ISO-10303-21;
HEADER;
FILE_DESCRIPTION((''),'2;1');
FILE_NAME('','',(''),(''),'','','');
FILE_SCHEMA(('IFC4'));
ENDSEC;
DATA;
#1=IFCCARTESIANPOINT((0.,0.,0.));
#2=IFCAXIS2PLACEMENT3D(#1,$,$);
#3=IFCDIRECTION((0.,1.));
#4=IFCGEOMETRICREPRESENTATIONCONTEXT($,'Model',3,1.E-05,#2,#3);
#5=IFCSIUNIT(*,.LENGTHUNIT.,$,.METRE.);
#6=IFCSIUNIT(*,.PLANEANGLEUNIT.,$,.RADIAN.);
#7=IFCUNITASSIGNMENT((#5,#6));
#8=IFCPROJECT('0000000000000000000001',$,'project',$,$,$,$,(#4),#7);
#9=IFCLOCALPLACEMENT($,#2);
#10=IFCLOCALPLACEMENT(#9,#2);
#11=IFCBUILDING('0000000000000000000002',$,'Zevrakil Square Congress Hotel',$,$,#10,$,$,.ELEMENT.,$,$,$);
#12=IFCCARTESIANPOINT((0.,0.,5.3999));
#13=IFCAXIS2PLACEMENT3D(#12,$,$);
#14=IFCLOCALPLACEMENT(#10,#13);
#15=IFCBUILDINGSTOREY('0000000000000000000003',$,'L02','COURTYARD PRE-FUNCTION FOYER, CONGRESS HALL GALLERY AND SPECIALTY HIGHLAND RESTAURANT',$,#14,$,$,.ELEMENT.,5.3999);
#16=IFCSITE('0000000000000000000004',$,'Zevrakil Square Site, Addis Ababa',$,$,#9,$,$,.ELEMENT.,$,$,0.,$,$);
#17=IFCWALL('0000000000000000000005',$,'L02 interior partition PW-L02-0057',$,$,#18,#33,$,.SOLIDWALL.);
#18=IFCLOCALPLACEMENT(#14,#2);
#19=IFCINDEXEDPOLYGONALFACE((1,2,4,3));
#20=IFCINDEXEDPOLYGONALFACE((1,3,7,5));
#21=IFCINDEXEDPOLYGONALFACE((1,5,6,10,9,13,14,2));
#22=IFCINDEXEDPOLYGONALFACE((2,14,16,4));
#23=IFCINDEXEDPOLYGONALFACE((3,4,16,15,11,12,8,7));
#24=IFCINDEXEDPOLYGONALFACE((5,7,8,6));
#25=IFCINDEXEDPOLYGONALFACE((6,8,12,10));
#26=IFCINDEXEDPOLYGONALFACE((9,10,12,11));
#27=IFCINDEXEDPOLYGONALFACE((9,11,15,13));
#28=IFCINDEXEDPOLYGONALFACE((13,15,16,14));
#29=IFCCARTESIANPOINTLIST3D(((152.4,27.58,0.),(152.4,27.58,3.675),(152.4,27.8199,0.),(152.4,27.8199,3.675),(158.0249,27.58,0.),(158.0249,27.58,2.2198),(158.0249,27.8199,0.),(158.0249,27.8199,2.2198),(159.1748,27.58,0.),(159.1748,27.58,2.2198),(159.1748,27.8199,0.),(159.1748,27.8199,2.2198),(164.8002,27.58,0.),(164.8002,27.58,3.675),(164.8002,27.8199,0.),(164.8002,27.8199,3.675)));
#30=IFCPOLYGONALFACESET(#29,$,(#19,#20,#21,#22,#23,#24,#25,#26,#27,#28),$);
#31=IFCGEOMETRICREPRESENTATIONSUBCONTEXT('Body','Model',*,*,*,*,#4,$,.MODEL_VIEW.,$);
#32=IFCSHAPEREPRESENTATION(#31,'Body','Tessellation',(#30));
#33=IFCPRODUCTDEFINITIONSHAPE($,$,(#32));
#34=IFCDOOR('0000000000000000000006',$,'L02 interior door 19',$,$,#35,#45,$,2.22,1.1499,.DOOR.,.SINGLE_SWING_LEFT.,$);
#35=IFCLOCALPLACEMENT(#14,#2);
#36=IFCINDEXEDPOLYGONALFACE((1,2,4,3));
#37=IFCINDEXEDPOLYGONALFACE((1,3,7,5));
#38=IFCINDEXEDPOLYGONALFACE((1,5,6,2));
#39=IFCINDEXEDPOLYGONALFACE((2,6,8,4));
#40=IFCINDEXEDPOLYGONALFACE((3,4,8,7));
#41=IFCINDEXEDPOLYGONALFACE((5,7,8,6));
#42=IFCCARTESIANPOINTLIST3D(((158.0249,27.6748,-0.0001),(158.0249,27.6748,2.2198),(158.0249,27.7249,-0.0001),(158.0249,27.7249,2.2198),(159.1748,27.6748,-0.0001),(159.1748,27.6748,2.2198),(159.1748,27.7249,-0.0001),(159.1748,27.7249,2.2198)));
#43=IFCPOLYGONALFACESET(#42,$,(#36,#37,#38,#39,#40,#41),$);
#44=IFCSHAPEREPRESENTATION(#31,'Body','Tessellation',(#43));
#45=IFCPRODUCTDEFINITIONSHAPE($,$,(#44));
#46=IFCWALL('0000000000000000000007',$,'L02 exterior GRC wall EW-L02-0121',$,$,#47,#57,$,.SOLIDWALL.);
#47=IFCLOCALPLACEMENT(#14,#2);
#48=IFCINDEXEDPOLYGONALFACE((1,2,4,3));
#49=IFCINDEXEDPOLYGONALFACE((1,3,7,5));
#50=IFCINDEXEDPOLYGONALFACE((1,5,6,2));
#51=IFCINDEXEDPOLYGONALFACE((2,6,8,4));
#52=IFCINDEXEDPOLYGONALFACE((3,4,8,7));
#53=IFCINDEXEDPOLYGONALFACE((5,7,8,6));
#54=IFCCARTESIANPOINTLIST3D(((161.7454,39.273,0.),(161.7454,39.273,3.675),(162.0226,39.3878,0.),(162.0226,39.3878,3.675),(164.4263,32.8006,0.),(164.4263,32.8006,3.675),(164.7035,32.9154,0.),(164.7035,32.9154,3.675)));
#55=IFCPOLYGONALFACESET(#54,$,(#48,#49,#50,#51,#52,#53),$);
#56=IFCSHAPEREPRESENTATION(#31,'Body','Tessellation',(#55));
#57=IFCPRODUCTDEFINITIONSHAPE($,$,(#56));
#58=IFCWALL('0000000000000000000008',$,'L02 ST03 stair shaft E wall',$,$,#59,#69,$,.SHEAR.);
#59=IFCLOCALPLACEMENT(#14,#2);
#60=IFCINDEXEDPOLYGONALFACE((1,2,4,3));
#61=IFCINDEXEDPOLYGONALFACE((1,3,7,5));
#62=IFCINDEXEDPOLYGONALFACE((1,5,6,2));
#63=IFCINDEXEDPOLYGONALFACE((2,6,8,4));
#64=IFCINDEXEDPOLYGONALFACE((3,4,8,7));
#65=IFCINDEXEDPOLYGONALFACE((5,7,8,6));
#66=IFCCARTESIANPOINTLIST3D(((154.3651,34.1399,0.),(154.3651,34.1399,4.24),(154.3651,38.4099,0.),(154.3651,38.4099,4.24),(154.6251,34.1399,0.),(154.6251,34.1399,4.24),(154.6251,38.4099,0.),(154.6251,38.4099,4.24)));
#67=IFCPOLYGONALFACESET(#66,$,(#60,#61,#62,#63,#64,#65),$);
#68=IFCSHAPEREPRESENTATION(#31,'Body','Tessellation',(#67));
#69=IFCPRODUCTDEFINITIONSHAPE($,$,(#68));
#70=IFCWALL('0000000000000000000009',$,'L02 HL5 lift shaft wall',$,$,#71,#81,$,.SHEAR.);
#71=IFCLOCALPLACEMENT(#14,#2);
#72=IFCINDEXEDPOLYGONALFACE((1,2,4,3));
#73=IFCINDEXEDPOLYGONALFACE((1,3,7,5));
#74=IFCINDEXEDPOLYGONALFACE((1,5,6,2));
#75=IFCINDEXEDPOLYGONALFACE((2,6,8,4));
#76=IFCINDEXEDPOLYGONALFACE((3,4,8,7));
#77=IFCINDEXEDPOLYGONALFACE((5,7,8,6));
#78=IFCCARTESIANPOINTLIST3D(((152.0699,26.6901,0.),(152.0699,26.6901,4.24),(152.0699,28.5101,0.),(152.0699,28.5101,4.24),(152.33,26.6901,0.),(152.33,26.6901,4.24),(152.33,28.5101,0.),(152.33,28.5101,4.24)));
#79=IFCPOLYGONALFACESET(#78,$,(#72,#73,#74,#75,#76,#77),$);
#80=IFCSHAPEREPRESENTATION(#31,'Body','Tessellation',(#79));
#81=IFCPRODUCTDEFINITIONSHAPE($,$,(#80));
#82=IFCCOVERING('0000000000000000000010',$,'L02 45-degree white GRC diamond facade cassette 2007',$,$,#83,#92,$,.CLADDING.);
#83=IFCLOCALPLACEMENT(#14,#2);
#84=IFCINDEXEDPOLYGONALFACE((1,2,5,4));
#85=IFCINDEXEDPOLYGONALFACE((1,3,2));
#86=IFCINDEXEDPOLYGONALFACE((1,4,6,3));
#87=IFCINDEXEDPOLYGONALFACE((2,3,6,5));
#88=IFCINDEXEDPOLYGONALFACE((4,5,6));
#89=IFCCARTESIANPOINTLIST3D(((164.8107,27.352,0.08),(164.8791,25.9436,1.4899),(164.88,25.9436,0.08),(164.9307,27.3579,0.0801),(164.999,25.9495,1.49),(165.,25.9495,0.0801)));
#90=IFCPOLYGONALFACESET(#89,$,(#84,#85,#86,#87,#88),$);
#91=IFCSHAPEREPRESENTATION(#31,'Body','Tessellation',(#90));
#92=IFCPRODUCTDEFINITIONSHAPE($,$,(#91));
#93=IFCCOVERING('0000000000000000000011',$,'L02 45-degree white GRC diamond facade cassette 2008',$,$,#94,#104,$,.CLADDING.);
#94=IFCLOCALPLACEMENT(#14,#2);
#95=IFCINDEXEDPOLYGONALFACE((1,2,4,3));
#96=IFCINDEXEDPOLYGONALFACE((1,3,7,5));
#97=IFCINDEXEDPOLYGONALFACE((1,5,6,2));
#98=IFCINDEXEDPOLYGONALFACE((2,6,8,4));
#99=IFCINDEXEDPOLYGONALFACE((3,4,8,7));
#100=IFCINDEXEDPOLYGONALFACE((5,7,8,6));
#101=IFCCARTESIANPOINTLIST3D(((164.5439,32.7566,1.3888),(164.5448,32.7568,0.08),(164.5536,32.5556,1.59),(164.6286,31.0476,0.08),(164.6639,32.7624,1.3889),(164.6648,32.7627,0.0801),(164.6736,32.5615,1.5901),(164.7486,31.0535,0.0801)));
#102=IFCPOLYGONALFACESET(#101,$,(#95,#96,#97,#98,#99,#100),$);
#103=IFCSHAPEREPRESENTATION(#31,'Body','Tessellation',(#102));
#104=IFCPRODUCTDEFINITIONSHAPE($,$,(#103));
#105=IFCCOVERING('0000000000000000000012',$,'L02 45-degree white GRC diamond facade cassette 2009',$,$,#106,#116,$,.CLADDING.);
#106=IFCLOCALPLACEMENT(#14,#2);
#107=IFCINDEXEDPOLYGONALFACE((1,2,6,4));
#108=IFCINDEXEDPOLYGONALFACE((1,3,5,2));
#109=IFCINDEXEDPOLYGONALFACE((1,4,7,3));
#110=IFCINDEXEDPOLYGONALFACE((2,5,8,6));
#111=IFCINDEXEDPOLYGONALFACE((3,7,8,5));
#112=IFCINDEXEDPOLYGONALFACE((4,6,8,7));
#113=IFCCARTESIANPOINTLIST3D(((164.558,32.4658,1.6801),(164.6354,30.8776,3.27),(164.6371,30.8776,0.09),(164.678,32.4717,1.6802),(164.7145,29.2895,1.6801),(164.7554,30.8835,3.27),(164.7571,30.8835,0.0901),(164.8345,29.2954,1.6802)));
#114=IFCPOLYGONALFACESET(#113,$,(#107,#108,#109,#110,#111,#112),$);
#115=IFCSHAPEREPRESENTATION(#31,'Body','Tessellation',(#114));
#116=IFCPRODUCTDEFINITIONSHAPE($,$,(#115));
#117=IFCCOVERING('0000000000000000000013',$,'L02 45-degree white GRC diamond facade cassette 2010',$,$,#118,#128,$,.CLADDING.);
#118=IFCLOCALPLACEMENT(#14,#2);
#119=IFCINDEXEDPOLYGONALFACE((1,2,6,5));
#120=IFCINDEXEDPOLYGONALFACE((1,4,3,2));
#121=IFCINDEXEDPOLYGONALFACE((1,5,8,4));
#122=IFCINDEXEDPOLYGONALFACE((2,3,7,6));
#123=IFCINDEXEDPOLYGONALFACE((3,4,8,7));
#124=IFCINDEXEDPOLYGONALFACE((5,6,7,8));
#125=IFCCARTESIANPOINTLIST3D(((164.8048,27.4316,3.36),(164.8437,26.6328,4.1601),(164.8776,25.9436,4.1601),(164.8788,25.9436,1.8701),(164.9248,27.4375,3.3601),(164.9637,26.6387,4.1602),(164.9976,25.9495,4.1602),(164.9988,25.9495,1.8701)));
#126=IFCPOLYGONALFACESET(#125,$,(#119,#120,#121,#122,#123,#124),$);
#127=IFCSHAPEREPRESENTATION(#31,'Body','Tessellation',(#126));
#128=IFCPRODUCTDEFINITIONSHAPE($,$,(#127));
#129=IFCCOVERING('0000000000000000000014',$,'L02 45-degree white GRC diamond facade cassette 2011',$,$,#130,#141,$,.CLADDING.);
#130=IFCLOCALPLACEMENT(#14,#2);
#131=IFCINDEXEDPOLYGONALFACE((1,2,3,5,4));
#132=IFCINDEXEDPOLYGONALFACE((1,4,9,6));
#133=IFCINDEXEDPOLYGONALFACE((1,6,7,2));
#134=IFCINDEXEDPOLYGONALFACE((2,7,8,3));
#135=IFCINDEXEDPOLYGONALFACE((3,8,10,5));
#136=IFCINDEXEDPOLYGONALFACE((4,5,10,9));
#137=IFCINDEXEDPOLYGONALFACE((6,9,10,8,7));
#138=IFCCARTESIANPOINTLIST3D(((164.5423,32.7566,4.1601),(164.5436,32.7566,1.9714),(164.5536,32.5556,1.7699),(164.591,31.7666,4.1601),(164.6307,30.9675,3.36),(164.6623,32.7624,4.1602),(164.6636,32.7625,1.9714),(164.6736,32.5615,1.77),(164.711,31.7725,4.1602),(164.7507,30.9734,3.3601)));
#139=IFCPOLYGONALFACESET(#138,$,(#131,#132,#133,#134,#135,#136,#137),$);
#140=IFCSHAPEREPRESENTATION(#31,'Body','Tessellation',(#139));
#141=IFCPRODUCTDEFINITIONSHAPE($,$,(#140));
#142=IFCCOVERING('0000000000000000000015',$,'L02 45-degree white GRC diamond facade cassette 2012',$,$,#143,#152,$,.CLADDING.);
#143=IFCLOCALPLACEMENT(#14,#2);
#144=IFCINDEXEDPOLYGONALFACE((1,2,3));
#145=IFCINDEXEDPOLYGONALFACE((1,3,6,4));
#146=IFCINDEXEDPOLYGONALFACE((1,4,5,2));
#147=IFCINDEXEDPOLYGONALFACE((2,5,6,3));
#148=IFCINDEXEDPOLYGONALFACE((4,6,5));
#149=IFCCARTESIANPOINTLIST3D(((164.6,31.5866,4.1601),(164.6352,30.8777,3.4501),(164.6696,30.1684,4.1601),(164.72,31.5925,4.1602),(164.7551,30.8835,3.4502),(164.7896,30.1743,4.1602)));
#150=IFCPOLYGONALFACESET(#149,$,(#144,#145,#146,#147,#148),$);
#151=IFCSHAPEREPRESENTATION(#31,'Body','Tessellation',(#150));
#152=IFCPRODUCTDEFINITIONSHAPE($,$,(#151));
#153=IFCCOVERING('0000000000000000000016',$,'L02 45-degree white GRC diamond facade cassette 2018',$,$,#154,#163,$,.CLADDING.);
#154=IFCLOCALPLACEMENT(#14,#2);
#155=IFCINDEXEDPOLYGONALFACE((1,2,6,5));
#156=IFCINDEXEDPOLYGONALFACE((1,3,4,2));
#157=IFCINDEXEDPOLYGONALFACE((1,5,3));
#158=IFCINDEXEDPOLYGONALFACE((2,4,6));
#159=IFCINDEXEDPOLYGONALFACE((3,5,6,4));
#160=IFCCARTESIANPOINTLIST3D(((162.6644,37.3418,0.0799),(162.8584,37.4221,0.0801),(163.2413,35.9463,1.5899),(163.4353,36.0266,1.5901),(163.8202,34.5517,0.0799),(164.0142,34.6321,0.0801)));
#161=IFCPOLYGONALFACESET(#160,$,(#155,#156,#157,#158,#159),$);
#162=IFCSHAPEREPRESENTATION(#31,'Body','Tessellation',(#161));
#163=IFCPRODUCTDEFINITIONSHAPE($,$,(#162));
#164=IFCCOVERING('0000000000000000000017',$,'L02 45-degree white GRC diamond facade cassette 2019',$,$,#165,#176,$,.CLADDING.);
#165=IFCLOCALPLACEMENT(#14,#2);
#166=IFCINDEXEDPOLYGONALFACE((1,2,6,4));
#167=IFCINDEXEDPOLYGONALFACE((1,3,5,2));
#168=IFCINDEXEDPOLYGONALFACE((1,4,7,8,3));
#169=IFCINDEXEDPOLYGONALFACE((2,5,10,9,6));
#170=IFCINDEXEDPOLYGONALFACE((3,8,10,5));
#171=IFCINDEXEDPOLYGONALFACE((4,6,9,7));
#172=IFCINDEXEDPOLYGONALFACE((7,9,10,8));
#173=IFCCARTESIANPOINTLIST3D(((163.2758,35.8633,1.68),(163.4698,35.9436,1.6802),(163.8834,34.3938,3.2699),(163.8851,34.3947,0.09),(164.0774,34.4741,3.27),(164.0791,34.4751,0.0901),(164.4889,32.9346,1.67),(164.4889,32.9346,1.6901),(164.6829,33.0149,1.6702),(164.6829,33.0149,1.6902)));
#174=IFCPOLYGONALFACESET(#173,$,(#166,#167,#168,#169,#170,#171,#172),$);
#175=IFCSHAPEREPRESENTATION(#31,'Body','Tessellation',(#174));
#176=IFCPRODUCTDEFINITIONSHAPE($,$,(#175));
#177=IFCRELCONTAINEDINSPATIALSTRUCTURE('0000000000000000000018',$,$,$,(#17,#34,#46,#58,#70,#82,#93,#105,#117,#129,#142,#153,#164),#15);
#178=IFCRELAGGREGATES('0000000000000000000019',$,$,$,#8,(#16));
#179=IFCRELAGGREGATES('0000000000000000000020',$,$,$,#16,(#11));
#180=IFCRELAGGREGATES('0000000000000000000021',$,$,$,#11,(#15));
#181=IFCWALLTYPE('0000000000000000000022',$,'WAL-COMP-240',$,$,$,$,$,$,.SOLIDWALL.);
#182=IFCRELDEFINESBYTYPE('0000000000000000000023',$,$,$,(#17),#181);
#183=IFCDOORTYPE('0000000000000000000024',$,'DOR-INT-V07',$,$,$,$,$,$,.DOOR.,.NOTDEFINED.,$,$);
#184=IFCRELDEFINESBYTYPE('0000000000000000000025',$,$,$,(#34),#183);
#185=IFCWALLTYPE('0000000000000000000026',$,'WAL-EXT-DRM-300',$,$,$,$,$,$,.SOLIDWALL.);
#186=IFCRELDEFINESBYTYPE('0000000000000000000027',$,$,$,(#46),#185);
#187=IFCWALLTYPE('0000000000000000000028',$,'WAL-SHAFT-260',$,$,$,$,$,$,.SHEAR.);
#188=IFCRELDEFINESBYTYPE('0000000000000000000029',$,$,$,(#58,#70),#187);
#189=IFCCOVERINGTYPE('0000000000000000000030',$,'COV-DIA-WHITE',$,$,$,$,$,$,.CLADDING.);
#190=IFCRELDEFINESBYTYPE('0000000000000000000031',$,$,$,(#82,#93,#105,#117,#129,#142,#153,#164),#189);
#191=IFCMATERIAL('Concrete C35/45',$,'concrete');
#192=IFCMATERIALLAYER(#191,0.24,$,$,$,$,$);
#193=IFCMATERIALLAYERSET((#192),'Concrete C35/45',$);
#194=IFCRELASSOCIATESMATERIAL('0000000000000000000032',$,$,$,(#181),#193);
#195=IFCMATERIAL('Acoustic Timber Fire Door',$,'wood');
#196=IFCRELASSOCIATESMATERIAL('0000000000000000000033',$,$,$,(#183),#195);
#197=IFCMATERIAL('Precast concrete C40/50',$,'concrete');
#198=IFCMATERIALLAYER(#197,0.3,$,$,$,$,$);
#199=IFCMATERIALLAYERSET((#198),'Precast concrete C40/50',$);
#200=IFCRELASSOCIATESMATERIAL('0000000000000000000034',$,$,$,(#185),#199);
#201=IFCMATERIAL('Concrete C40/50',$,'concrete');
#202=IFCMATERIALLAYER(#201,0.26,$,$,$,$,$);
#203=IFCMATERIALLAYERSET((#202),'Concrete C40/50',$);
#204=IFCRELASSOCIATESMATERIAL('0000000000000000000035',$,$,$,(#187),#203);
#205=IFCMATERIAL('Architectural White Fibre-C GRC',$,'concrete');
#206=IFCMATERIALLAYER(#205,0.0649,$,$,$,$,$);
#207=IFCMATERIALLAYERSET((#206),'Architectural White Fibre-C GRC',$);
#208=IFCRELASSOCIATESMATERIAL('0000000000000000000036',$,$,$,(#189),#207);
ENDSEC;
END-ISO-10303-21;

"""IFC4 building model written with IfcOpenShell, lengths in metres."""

from ifc_helpers import new_model, si_unit, direction, frame, frame_2d, origin, place, context, subcontext, project, spatial, polyline, rectangle, outline, extrude, material, layer, layer_set, type_object, element, fill, save


model = new_model("IFC4")

# Units and contexts
model_context = context("Model", 3, precision=1e-05, world=origin(), true_north=direction((0.0, 1.0)))
body_context = subcontext(model_context, "Body", "Model", "MODEL_VIEW")
ifc_project = project(units=[si_unit("LENGTHUNIT", "METRE"), si_unit("PLANEANGLEUNIT", "RADIAN")], contexts=[model_context])

# Site, building, storey
site_placement = place(None, origin())
site = spatial("IfcSite", under=ifc_project, at=site_placement, Name="Zevrakil Square Site, Addis Ababa", CompositionType="ELEMENT", RefElevation=0.0)
building_placement = place(site_placement, origin())
building = spatial("IfcBuilding", under=site, at=building_placement, Name="Zevrakil Square Congress Hotel", CompositionType="ELEMENT")
storey_placement = place(building_placement, frame((0.0, 0.0, 5.3999)))
storey = spatial("IfcBuildingStorey", under=building, at=storey_placement, Name="L02", Description="COURTYARD PRE-FUNCTION FOYER, CONGRESS HALL GALLERY AND SPECIALTY HIGHLAND RESTAURANT", CompositionType="ELEMENT", Elevation=5.3999)

# Wall, opening, door
ifc_material_1 = material(Name="Concrete C35/45", Category="concrete")
ifc_layer_1 = layer(ifc_material_1, 0.24)
ifc_layer_set_1 = layer_set([ifc_layer_1], Name="Concrete C35/45")
wall_type_1 = type_object("IfcWallType", Name="WAL-COMP-240", PredefinedType="SOLIDWALL", material=ifc_layer_set_1)
wall_1_placement = place(storey_placement, frame((152.3999, 27.7, 0.0), z_axis=(0.0, 0.0, 1.0), x_axis=(1.0, 0.0, 0.0)))
wall_1 = element("IfcWall", 1, at=wall_1_placement, inside=storey, type_object=wall_type_1, Name="L02 interior partition PW-L02-0057", PredefinedType="SOLIDWALL", context=body_context, shape_type="SweptSolid", body=[
    extrude(rectangle(XDim=12.4001, YDim=0.24, at=frame_2d((6.2002, 0.0))), origin(), (0.0, 0.0, 1.0), 3.675),
])
opening_placement = place(wall_1_placement, frame((5.625, 0.0, 0.0)))
opening = element("IfcOpeningElement", 2, at=opening_placement, cuts=wall_1, PredefinedType="OPENING", context=body_context, shape_type="SweptSolid", body=[
    extrude(rectangle(XDim=1.1499, YDim=2.22, at=frame_2d((0.575, 1.1099))), frame((0.0, 0.1299, 0.0), z_axis=(0.0, -1.0, 0.0), x_axis=(1.0, 0.0, 0.0)), (0.0, 0.0, 1.0), 0.26),
])
ifc_material_2 = material(Name="Acoustic Timber Fire Door", Category="wood")
door_type = type_object("IfcDoorType", Name="DOR-INT-V07", OperationType="NOTDEFINED", PredefinedType="DOOR", material=ifc_material_2)
door_placement = place(opening_placement, origin())
door = element("IfcDoor", 3, at=door_placement, inside=storey, type_object=door_type, Name="L02 interior door 19", OperationType="SINGLE_SWING_LEFT", OverallHeight=2.22, OverallWidth=1.1499, PredefinedType="DOOR", context=body_context, shape_type="SweptSolid", body=[
    extrude(rectangle(XDim=1.1499, YDim=2.22, at=frame_2d((0.575, 1.1099))), frame((0.0, 0.0249, 0.0), z_axis=(0.0, -1.0, 0.0), x_axis=(1.0, 0.0, 0.0)), (0.0, 0.0, 1.0), 0.05),
])
fill(opening, door)

# Walls
ifc_material_3 = material(Name="Precast concrete C40/50", Category="concrete")
ifc_layer_2 = layer(ifc_material_3, 0.3)
ifc_layer_set_2 = layer_set([ifc_layer_2], Name="Precast concrete C40/50")
wall_type_2 = type_object("IfcWallType", Name="WAL-EXT-DRM-300", PredefinedType="SOLIDWALL", material=ifc_layer_set_2)
wall_2_placement = place(storey_placement, frame((164.5649, 32.8579, 0.0), z_axis=(0.0, 0.0, 1.0), x_axis=(-0.382677, 0.923882, 0.0)))
element("IfcWall", 4, at=wall_2_placement, inside=storey, type_object=wall_type_2, Name="L02 exterior GRC wall EW-L02-0121", PredefinedType="SOLIDWALL", context=body_context, shape_type="SweptSolid", body=[
    extrude(rectangle(XDim=7.0056, YDim=0.3, at=frame_2d((3.5029, 0.0))), origin(), (0.0, 0.0, 1.0), 3.675),
])
ifc_material_4 = material(Name="Concrete C40/50", Category="concrete")
ifc_layer_3 = layer(ifc_material_4, 0.26)
ifc_layer_set_3 = layer_set([ifc_layer_3], Name="Concrete C40/50")
wall_type_3 = type_object("IfcWallType", Name="WAL-SHAFT-260", PredefinedType="SHEAR", material=ifc_layer_set_3)
wall_3_placement = place(storey_placement, frame((154.4951, 34.1399, 0.0), z_axis=(0.0, 0.0, 1.0), x_axis=(0.0, 1.0, 0.0)))
element("IfcWall", 5, at=wall_3_placement, inside=storey, type_object=wall_type_3, Name="L02 ST03 stair shaft E wall", PredefinedType="SHEAR", context=body_context, shape_type="SweptSolid", body=[
    extrude(rectangle(XDim=4.27, YDim=0.26, at=frame_2d((2.135, 0.0))), origin(), (0.0, 0.0, 1.0), 4.24),
])
wall_4_placement = place(storey_placement, frame((152.2, 26.6899, 0.0), z_axis=(0.0, 0.0, 1.0), x_axis=(0.0, 1.0, 0.0)))
element("IfcWall", 6, at=wall_4_placement, inside=storey, type_object=wall_type_3, Name="L02 HL5 lift shaft wall", PredefinedType="SHEAR", context=body_context, shape_type="SweptSolid", body=[
    extrude(rectangle(XDim=1.8201, YDim=0.26, at=frame_2d((0.9102, 0.0))), origin(), (0.0, 0.0, 1.0), 4.24),
])

# Coverings
ifc_material_5 = material(Name="Architectural White Fibre-C GRC", Category="concrete")
ifc_layer_4 = layer(ifc_material_5, 0.0649)
ifc_layer_set_4 = layer_set([ifc_layer_4], Name="Architectural White Fibre-C GRC")
covering_type_1 = type_object("IfcCoveringType", Name="COV-DIA-WHITE", PredefinedType="CLADDING", material=ifc_layer_set_4)
covering_1_placement = place(storey_placement, frame((164.9307, 27.3579, 0.0801), z_axis=(0.99879, 0.049169, 0.000692), x_axis=(0.049169, -0.99879, 0.0)))
element("IfcCovering", 7, at=covering_1_placement, inside=storey, type_object=covering_type_1, Name="L02 45-degree white GRC diamond facade cassette 2007", PredefinedType="CLADDING", context=body_context, shape_type="SweptSolid", body=[
    extrude(outline(polyline([(0.0, 0.0), (1.4102, 0.0), (1.4101, -1.4099), (0.0, 0.0)])), origin(), (0.0, 0.0, -1.0), 0.1201),
])
covering_2_placement = place(storey_placement, frame((164.6736, 32.5615, 1.5901), z_axis=(0.9988, 0.048968, 0.00071), x_axis=(-0.034122, 0.70625, -0.70714)))
element("IfcCovering", 8, at=covering_2_placement, inside=storey, type_object=covering_type_1, Name="L02 45-degree white GRC diamond facade cassette 2008", PredefinedType="CLADDING", context=body_context, shape_type="SweptSolid", body=[
    extrude(outline(polyline([(0.0, 0.0), (0.2845, 0.0), (1.2102, -0.9253), (0.0002, -2.1354), (0.0, 0.0)])), origin(), (0.0, 0.0, -1.0), 0.1201),
])
covering_3_placement = place(storey_placement, frame((164.7554, 30.8835, 3.27), z_axis=(0.998788, 0.04921, 0.000537), x_axis=(-0.03442, 0.706308, -0.707068)))
element("IfcCovering", 9, at=covering_3_placement, inside=storey, type_object=covering_type_1, Name="L02 45-degree white GRC diamond facade cassette 2009", PredefinedType="CLADDING", context=body_context, shape_type="SweptSolid", body=[
    extrude(outline(polyline([(0.0, 0.0), (2.2485, 0.0), (2.2484, -2.2487), (-0.0003, -2.2486), (0.0, 0.0)])), origin(), (0.0, 0.0, -1.0), 0.1201),
])
covering_4_placement = place(storey_placement, frame((164.9248, 27.4375, 3.3601), z_axis=(0.998792, 0.049128, 0.000548), x_axis=(0.035124, -0.706206, -0.707134)))
element("IfcCovering", 10, at=covering_4_placement, inside=storey, type_object=covering_type_1, Name="L02 45-degree white GRC diamond facade cassette 2010", PredefinedType="CLADDING", context=body_context, shape_type="SweptSolid", body=[
    extrude(outline(polyline([(0.0, 0.0), (2.1071, 0.0), (0.4877, -1.6192), (-0.0002, -1.1312), (0.0, 0.0)])), origin(), (0.0, 0.0, -1.0), 0.1201),
])
covering_5_placement = place(storey_placement, frame((164.6736, 32.5615, 1.77), z_axis=(0.998794, 0.049085, 0.000589), x_axis=(0.034292, -0.706257, 0.707125)))
element("IfcCovering", 11, at=covering_5_placement, inside=storey, type_object=covering_type_1, Name="L02 45-degree white GRC diamond facade cassette 2011", PredefinedType="CLADDING", context=body_context, shape_type="SweptSolid", body=[
    extrude(outline(polyline([(0.0, 0.0), (2.2487, 0.0), (2.2487, -1.1314), (1.5478, -1.8323), (0.0002, -0.2847), (0.0, 0.0)])), origin(), (0.0, 0.0, -1.0), 0.1201),
])
covering_6_placement = place(storey_placement, frame((164.7551, 30.8835, 3.4502), z_axis=(0.998799, 0.049003, 0.000524), x_axis=(0.034283, -0.706326, 0.707056)))
element("IfcCovering", 12, at=covering_6_placement, inside=storey, type_object=covering_type_1, Name="L02 45-degree white GRC diamond facade cassette 2012", PredefinedType="CLADDING", context=body_context, shape_type="SweptSolid", body=[
    extrude(outline(polyline([(0.0, 0.0), (1.0041, 0.0), (0.0, -1.004), (0.0, 0.0)])), origin(), (0.0, 0.0, -1.0), 0.1201),
])
covering_7_placement = place(storey_placement, frame((163.4353, 36.0266, 1.5901), z_axis=(0.923869, 0.382709, 0.000721), x_axis=(-0.270149, 0.653478, -0.707097)))
element("IfcCovering", 13, at=covering_7_placement, inside=storey, type_object=covering_type_1, Name="L02 45-degree white GRC diamond facade cassette 2018", PredefinedType="CLADDING", context=body_context, shape_type="SweptSolid", body=[
    extrude(outline(polyline([(0.0, 0.0), (2.1355, 0.0), (0.0, -2.1354), (0.0, 0.0)])), origin(), (0.0, 0.0, -1.0), 0.21),
])
covering_8_placement = place(storey_placement, frame((164.0774, 34.4741, 3.27), z_axis=(0.923877, 0.382689, 0.000612), x_axis=(-0.27023, 0.653512, -0.707035)))
element("IfcCovering", 14, at=covering_8_placement, inside=storey, type_object=covering_type_1, Name="L02 45-degree white GRC diamond facade cassette 2019", PredefinedType="CLADDING", context=body_context, shape_type="SweptSolid", body=[
    extrude(outline(polyline([(0.0, 0.0), (2.2486, 0.0), (2.2485, -2.2486), (0.0139, -2.2484), (-0.0002, -2.2342), (0.0, 0.0)])), origin(), (0.0, 0.0, -1.0), 0.21),
])

save(model, "model.ifc")
